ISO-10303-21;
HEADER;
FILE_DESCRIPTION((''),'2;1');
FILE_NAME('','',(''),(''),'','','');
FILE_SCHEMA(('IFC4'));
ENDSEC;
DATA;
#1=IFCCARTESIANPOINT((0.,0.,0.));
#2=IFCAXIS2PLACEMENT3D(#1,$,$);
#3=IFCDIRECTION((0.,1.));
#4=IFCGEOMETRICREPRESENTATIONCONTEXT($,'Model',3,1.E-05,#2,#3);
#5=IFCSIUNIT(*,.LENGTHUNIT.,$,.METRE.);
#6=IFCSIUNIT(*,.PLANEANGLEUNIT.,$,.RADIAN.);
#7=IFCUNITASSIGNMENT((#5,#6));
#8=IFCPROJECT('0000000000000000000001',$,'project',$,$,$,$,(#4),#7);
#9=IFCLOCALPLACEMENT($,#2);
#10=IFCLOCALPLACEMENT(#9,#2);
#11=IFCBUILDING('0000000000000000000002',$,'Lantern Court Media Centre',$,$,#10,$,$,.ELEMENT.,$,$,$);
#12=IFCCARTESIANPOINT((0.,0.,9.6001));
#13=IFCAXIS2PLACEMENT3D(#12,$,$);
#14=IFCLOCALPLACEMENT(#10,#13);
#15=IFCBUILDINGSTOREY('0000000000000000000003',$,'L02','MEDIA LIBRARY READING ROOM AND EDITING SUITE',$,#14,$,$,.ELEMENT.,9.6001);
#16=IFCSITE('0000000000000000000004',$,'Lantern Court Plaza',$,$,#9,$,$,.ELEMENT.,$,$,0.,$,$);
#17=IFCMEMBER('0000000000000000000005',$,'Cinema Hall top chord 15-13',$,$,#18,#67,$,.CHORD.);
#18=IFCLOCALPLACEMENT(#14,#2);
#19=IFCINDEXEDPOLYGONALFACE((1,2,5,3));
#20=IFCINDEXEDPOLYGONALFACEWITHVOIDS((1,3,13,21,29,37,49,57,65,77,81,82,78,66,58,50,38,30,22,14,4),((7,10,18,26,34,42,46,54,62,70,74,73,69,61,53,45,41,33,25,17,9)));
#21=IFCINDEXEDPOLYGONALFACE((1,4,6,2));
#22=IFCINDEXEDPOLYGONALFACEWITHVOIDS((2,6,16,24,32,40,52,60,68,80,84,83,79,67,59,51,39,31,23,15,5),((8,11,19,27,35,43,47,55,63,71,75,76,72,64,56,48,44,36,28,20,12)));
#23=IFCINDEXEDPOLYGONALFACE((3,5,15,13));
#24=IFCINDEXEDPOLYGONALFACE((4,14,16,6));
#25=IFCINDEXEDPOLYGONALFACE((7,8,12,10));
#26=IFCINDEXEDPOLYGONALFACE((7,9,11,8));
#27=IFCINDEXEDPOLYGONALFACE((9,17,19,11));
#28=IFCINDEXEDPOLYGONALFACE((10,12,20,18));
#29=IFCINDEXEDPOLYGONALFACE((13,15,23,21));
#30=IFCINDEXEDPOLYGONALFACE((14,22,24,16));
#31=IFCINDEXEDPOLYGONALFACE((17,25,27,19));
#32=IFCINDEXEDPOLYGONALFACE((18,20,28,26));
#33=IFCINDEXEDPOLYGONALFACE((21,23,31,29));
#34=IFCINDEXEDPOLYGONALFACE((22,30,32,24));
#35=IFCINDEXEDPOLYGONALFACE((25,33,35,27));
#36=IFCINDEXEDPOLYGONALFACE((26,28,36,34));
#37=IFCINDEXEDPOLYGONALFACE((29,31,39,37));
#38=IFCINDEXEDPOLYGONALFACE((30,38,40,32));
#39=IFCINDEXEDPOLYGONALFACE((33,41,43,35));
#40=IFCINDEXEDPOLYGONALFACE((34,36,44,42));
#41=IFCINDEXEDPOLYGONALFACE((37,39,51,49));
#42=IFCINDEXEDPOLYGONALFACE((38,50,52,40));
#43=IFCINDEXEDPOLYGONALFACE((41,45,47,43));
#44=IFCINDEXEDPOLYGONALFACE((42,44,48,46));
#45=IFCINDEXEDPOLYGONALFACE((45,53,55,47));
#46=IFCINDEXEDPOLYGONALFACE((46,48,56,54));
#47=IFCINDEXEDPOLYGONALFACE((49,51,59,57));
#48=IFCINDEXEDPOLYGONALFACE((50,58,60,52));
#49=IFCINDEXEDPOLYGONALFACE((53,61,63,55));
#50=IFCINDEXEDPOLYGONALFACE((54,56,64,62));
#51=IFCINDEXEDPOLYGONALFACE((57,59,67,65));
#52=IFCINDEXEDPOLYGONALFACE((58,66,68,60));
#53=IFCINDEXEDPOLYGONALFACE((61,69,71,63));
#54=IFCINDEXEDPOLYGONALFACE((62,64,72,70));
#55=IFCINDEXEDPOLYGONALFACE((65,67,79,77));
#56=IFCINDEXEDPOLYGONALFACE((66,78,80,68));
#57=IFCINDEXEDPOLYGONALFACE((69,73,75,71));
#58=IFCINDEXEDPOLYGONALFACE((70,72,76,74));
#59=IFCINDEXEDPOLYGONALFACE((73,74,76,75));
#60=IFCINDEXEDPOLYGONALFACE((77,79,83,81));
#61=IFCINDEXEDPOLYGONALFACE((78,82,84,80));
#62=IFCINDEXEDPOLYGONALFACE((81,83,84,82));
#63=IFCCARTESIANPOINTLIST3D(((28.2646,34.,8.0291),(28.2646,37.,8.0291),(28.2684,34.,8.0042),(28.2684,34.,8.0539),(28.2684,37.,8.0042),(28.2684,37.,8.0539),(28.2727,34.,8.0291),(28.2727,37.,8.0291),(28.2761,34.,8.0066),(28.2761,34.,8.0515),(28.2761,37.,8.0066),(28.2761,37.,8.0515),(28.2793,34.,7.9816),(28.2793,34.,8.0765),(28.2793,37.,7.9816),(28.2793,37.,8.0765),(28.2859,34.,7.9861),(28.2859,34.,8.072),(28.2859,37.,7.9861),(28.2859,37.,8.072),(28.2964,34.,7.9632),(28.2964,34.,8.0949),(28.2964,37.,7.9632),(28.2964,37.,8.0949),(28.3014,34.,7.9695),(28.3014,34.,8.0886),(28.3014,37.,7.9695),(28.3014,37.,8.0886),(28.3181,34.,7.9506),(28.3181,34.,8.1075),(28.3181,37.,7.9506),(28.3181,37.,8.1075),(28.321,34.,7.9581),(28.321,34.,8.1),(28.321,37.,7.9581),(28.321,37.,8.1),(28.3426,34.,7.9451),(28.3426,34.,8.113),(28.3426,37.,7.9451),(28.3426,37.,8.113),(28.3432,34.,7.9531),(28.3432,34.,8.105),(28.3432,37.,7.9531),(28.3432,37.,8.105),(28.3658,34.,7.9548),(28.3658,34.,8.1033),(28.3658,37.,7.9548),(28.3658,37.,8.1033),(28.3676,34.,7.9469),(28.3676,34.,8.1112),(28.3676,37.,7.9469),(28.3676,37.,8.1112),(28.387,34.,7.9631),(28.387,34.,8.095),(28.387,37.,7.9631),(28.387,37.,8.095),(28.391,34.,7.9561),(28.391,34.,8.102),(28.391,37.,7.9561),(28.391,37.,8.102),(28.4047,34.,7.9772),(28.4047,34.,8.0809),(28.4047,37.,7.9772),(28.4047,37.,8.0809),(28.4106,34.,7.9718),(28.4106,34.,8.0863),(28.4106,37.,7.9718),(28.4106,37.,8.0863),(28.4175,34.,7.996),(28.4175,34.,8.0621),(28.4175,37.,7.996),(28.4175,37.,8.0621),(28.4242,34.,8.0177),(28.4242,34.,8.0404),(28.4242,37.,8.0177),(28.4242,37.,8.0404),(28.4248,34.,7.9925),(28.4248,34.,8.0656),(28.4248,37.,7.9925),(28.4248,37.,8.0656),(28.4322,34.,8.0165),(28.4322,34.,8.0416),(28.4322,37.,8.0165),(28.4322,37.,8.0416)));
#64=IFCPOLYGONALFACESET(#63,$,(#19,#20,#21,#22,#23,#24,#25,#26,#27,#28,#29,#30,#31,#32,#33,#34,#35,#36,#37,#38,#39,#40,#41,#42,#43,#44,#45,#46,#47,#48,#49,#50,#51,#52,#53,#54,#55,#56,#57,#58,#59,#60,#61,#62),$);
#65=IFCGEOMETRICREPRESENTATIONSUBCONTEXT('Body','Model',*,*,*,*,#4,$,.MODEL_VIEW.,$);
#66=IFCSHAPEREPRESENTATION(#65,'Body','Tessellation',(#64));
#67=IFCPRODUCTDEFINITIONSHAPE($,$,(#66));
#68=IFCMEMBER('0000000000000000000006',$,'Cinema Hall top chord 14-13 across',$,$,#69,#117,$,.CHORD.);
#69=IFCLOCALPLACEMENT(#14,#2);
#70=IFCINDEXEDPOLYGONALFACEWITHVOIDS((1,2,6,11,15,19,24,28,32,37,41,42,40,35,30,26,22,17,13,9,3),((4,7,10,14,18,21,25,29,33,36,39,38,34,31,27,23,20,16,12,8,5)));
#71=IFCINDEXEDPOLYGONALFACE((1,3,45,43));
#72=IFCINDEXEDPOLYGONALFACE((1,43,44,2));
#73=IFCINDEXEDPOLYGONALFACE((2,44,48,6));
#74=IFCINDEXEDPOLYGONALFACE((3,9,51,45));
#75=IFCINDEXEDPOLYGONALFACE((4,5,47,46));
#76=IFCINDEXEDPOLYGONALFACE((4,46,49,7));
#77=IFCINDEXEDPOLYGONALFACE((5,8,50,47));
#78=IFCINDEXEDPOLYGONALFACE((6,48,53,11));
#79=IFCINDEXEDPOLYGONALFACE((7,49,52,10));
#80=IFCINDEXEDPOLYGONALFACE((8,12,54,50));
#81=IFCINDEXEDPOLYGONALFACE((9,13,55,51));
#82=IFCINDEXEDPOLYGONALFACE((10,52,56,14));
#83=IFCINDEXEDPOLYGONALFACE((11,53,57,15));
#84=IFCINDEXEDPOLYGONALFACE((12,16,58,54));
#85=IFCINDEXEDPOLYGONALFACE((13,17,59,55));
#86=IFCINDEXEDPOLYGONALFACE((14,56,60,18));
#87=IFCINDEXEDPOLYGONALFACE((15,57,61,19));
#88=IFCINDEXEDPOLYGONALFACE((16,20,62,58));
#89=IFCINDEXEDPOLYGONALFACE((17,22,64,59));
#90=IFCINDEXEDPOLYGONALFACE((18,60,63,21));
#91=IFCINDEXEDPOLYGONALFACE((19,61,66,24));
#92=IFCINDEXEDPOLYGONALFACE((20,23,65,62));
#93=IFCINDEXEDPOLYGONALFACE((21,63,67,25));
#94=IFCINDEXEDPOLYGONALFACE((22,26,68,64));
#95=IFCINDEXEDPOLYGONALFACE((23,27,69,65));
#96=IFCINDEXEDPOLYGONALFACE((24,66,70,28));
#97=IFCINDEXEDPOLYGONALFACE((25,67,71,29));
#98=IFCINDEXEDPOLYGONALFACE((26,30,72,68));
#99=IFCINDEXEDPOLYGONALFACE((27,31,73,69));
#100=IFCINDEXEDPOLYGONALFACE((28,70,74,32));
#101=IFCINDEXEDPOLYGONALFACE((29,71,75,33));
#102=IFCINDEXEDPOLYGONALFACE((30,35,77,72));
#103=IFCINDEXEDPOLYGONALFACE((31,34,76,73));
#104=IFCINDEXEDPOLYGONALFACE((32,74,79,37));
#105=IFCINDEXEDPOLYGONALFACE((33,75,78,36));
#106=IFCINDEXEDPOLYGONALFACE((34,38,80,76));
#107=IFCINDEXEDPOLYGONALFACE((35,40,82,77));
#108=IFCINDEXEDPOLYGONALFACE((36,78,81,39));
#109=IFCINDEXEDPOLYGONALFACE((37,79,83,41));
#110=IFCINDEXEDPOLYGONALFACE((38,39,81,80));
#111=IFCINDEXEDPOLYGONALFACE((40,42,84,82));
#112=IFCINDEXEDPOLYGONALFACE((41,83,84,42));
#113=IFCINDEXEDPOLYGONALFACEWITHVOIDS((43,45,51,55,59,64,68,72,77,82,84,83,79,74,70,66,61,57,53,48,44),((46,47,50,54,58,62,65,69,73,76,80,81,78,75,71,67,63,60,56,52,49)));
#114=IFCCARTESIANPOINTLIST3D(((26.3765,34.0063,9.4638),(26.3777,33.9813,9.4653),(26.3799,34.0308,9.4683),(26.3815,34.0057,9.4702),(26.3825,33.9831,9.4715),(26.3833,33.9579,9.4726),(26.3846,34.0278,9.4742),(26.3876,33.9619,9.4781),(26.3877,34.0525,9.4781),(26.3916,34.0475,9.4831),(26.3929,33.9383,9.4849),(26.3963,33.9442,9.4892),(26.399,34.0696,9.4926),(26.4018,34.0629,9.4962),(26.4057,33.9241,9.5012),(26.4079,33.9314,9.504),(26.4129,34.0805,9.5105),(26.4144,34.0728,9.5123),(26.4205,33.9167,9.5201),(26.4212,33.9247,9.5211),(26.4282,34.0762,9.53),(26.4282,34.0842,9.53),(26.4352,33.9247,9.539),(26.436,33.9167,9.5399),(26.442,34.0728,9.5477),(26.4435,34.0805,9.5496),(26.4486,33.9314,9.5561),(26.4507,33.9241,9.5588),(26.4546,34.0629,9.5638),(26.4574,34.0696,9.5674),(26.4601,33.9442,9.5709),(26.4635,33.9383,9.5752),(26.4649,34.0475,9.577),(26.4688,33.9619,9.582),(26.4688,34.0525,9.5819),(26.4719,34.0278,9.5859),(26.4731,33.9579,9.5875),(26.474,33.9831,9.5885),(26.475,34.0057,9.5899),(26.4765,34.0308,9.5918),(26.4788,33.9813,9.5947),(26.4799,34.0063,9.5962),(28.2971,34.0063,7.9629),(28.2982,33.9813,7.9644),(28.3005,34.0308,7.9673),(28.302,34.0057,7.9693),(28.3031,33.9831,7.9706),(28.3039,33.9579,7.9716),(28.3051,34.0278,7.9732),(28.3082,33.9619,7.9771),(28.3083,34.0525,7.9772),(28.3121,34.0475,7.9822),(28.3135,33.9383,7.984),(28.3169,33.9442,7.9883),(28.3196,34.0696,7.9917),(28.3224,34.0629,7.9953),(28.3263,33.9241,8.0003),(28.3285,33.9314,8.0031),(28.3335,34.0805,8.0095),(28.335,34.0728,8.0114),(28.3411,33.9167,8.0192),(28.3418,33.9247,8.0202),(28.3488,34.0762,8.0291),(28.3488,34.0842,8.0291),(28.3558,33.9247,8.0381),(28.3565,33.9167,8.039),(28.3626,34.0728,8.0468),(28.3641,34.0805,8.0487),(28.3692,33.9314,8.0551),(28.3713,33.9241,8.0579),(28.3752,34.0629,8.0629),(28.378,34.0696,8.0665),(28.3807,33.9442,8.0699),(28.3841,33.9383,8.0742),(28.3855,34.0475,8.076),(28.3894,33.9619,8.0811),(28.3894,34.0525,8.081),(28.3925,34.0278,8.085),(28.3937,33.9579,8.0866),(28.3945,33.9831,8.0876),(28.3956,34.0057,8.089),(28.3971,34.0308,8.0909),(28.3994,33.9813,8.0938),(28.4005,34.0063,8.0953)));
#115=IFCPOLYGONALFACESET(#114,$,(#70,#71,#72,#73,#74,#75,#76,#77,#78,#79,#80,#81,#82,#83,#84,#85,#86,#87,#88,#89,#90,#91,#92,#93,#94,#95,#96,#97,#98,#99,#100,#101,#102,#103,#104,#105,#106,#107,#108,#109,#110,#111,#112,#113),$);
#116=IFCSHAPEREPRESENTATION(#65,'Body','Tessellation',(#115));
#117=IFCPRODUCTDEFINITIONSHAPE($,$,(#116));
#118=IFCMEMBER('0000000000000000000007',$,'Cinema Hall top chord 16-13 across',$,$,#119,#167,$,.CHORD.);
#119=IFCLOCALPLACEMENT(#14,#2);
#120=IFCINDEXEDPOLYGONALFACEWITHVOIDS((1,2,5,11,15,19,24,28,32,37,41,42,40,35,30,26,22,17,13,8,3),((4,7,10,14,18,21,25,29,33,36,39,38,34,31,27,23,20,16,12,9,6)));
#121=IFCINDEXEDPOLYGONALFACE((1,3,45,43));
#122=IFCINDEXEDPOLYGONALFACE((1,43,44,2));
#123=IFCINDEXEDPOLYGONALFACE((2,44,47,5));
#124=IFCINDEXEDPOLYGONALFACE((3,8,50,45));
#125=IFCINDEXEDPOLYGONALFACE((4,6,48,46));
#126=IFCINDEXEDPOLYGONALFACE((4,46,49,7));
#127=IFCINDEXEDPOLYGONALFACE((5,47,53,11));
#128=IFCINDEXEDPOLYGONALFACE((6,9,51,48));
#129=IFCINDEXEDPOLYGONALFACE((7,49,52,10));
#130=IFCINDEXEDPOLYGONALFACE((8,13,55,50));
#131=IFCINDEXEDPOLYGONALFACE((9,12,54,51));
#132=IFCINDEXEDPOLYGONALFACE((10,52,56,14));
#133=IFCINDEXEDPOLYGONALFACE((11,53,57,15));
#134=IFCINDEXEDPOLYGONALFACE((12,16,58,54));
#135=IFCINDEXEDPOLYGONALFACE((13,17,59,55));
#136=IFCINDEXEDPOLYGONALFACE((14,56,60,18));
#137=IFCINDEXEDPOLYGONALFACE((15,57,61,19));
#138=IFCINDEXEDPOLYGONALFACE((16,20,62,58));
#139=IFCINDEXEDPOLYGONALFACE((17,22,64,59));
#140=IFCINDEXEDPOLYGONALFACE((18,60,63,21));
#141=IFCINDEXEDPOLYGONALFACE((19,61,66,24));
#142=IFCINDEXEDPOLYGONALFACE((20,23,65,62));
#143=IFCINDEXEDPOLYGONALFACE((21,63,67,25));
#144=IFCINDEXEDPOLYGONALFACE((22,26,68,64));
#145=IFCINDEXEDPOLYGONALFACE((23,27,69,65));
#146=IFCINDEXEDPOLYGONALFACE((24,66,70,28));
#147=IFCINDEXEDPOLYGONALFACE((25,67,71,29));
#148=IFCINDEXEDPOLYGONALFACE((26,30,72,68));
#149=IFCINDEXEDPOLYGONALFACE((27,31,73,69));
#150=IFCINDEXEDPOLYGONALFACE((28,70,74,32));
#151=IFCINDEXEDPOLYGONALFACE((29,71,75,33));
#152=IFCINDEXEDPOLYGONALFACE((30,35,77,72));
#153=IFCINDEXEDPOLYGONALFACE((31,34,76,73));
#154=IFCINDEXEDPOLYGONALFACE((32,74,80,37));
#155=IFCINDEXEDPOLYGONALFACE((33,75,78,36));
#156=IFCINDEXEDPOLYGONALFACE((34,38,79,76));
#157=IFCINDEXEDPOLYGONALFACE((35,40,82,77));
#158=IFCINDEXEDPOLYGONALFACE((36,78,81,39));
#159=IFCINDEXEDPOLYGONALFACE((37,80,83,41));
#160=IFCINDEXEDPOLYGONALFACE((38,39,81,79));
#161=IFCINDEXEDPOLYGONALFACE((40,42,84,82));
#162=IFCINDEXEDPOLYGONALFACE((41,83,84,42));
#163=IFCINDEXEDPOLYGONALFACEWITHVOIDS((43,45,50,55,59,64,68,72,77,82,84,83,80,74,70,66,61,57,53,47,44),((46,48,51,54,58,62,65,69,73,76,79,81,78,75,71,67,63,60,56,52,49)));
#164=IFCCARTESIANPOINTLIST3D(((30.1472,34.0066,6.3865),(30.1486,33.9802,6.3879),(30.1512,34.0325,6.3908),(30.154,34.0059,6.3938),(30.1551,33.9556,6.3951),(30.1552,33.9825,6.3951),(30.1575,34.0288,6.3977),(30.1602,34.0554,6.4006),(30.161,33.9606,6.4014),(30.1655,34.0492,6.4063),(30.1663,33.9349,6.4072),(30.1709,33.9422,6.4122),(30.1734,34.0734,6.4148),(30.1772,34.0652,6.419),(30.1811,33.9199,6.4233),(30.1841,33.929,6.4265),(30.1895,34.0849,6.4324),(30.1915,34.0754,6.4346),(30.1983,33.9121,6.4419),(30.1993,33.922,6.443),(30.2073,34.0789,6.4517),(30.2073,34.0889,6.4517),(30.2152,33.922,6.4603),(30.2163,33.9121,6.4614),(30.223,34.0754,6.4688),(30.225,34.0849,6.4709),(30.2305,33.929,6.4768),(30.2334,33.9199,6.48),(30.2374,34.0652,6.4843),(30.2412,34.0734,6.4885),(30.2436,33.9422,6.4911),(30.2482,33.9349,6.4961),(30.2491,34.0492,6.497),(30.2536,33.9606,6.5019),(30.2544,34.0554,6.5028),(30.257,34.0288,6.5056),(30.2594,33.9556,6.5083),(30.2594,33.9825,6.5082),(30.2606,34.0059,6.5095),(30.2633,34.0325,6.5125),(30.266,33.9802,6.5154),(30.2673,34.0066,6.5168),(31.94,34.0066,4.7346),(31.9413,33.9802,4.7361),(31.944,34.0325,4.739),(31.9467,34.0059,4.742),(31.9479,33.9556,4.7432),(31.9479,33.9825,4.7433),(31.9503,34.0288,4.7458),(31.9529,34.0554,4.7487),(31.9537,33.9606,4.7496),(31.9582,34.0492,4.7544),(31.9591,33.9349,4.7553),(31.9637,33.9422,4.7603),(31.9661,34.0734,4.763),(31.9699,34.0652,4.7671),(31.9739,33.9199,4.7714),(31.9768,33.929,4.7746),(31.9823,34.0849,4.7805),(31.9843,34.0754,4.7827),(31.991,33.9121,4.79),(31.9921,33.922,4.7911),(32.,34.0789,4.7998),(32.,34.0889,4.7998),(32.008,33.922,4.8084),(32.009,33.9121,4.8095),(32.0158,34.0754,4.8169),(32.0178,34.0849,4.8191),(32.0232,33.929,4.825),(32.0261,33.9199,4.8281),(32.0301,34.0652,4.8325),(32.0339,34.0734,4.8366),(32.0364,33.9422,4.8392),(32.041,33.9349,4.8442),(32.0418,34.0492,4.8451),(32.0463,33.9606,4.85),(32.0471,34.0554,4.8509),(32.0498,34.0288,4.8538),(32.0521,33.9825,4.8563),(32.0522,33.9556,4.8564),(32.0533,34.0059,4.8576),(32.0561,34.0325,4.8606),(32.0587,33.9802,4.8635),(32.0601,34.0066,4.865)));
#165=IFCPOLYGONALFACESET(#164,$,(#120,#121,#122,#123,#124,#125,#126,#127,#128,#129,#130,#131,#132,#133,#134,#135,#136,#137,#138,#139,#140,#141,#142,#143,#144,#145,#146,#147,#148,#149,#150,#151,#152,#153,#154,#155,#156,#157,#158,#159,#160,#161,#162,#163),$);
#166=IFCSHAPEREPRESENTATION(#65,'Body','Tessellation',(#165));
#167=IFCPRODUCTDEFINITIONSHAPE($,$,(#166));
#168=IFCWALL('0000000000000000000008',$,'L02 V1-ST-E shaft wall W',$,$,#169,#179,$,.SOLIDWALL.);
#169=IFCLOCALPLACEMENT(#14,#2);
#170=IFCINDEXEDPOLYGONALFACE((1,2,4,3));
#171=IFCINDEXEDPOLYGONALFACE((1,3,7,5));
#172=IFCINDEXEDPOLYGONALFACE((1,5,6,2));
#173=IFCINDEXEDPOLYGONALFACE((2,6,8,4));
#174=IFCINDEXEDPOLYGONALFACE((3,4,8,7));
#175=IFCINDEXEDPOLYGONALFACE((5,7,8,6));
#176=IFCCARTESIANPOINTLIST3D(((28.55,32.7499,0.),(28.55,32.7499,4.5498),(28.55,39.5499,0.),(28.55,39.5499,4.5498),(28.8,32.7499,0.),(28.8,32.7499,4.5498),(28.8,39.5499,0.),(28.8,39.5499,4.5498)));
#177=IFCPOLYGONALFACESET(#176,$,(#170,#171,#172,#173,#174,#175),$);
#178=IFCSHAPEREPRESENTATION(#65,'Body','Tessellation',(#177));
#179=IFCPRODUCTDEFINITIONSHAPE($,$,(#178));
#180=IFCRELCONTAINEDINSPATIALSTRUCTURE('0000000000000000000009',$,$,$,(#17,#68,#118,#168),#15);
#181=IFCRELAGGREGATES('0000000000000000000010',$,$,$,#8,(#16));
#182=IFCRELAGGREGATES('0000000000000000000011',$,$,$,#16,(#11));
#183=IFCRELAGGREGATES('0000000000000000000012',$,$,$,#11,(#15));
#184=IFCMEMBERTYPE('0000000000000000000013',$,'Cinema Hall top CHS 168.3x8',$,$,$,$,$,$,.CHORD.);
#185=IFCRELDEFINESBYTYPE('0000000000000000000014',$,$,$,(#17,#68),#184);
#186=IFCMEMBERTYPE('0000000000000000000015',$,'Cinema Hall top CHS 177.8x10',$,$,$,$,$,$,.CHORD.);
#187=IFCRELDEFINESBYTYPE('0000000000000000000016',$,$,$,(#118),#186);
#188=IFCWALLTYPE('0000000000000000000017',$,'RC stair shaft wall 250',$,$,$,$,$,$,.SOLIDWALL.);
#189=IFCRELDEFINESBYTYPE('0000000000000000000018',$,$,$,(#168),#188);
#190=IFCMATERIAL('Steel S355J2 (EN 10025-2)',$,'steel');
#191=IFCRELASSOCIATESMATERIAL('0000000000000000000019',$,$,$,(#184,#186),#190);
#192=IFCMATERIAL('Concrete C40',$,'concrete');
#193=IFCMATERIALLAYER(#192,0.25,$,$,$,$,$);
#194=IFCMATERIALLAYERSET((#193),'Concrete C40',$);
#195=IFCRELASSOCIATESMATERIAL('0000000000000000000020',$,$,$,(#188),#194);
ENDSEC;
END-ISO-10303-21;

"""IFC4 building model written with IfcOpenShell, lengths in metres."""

from ifc_helpers import new_model, si_unit, direction, frame, frame_2d, origin, origin_2d, place, context, subcontext, project, spatial, rectangle, hollow_circle, extrude, material, layer, layer_set, material_profile, profile_set, type_object, element, save


model = new_model("IFC4")

# Units and contexts
model_context = context("Model", 3, precision=1e-05, world=origin(), true_north=direction((0.0, 1.0)))
body_context = subcontext(model_context, "Body", "Model", "MODEL_VIEW")
ifc_project = project(units=[si_unit("LENGTHUNIT", "METRE"), si_unit("PLANEANGLEUNIT", "RADIAN")], contexts=[model_context])

# Site, building, storey
site_placement = place(None, origin())
site = spatial("IfcSite", under=ifc_project, at=site_placement, Name="Lantern Court Plaza", CompositionType="ELEMENT", RefElevation=0.0)
building_placement = place(site_placement, origin())
building = spatial("IfcBuilding", under=site, at=building_placement, Name="Lantern Court Media Centre", CompositionType="ELEMENT")
storey_placement = place(building_placement, frame((0.0, 0.0, 9.6001)))
storey = spatial("IfcBuildingStorey", under=building, at=storey_placement, Name="L02", Description="MEDIA LIBRARY READING ROOM AND EDITING SUITE", CompositionType="ELEMENT", Elevation=9.6001)

# Members
ifc_material_1 = material(Name="Steel S355J2 (EN 10025-2)", Category="steel")
ifc_material_profile_1 = material_profile(ifc_material_1, hollow_circle(Radius=0.0842, WallThickness=0.0081, at=origin_2d()), Name="Cinema Hall top CHS 168.3x8")
ifc_profile_set_1 = profile_set([ifc_material_profile_1], Name="Steel S355J2 (EN 10025-2)")
member_type_1 = type_object("IfcMemberType", Name="Cinema Hall top CHS 168.3x8", PredefinedType="CHORD", material=ifc_profile_set_1)
member_1_placement = place(storey_placement, frame((28.3489, 34.0, 8.0291), z_axis=(0.0, 1.0, 0.0), x_axis=(-1.0, 0.0, 0.0)))
element("IfcMember", 1, at=member_1_placement, inside=storey, type_object=member_type_1, Name="Cinema Hall top chord 15-13", PredefinedType="CHORD", context=body_context, shape_type="SweptSolid", body=[
    extrude(hollow_circle(Radius=0.0842, WallThickness=0.0081, at=origin_2d()), origin(), (0.0, 0.0, 1.0), 3.0),
])
member_2_placement = place(storey_placement, frame((26.4282, 34.0, 9.53), z_axis=(0.787932, 0.0, -0.615763), x_axis=(0.0, 1.0, 0.0)))
element("IfcMember", 2, at=member_2_placement, inside=storey, type_object=member_type_1, Name="Cinema Hall top chord 14-13 across", PredefinedType="CHORD", context=body_context, shape_type="SweptSolid", body=[
    extrude(hollow_circle(Radius=0.0842, WallThickness=0.0081, at=origin_2d()), origin(), (0.0, 0.0, 1.0), 2.4375),
])
ifc_material_profile_2 = material_profile(ifc_material_1, hollow_circle(Radius=0.0889, WallThickness=0.01, at=origin_2d()), Name="Cinema Hall top CHS 177.8x10")
ifc_profile_set_2 = profile_set([ifc_material_profile_2], Name="Steel S355J2 (EN 10025-2)")
member_type_2 = type_object("IfcMemberType", Name="Cinema Hall top CHS 177.8x10", PredefinedType="CHORD", material=ifc_profile_set_2)
member_3_placement = place(storey_placement, frame((30.2073, 34.0, 6.4517), z_axis=(0.73541, 0.0, -0.677623), x_axis=(0.0, 1.0, 0.0)))
element("IfcMember", 3, at=member_3_placement, inside=storey, type_object=member_type_2, Name="Cinema Hall top chord 16-13 across", PredefinedType="CHORD", context=body_context, shape_type="SweptSolid", body=[
    extrude(hollow_circle(Radius=0.0889, WallThickness=0.01, at=origin_2d()), origin(), (0.0, 0.0, 1.0), 2.4377),
])

# Wall
ifc_material_2 = material(Name="Concrete C40", Category="concrete")
ifc_layer = layer(ifc_material_2, 0.25)
ifc_layer_set = layer_set([ifc_layer], Name="Concrete C40")
wall_type = type_object("IfcWallType", Name="RC stair shaft wall 250", PredefinedType="SOLIDWALL", material=ifc_layer_set)
wall_1_placement = place(storey_placement, frame((28.675, 32.75, 0.0), z_axis=(0.0, 0.0, 1.0), x_axis=(0.0, 1.0, 0.0)))
element("IfcWall", 4, at=wall_1_placement, inside=storey, type_object=wall_type, Name="L02 V1-ST-E shaft wall W", PredefinedType="SOLIDWALL", context=body_context, shape_type="SweptSolid", body=[
    extrude(rectangle(XDim=6.8, YDim=0.25, at=frame_2d((3.3999, 0.0))), origin(), (0.0, 0.0, 1.0), 4.5498),
])

save(model, "model.ifc")
